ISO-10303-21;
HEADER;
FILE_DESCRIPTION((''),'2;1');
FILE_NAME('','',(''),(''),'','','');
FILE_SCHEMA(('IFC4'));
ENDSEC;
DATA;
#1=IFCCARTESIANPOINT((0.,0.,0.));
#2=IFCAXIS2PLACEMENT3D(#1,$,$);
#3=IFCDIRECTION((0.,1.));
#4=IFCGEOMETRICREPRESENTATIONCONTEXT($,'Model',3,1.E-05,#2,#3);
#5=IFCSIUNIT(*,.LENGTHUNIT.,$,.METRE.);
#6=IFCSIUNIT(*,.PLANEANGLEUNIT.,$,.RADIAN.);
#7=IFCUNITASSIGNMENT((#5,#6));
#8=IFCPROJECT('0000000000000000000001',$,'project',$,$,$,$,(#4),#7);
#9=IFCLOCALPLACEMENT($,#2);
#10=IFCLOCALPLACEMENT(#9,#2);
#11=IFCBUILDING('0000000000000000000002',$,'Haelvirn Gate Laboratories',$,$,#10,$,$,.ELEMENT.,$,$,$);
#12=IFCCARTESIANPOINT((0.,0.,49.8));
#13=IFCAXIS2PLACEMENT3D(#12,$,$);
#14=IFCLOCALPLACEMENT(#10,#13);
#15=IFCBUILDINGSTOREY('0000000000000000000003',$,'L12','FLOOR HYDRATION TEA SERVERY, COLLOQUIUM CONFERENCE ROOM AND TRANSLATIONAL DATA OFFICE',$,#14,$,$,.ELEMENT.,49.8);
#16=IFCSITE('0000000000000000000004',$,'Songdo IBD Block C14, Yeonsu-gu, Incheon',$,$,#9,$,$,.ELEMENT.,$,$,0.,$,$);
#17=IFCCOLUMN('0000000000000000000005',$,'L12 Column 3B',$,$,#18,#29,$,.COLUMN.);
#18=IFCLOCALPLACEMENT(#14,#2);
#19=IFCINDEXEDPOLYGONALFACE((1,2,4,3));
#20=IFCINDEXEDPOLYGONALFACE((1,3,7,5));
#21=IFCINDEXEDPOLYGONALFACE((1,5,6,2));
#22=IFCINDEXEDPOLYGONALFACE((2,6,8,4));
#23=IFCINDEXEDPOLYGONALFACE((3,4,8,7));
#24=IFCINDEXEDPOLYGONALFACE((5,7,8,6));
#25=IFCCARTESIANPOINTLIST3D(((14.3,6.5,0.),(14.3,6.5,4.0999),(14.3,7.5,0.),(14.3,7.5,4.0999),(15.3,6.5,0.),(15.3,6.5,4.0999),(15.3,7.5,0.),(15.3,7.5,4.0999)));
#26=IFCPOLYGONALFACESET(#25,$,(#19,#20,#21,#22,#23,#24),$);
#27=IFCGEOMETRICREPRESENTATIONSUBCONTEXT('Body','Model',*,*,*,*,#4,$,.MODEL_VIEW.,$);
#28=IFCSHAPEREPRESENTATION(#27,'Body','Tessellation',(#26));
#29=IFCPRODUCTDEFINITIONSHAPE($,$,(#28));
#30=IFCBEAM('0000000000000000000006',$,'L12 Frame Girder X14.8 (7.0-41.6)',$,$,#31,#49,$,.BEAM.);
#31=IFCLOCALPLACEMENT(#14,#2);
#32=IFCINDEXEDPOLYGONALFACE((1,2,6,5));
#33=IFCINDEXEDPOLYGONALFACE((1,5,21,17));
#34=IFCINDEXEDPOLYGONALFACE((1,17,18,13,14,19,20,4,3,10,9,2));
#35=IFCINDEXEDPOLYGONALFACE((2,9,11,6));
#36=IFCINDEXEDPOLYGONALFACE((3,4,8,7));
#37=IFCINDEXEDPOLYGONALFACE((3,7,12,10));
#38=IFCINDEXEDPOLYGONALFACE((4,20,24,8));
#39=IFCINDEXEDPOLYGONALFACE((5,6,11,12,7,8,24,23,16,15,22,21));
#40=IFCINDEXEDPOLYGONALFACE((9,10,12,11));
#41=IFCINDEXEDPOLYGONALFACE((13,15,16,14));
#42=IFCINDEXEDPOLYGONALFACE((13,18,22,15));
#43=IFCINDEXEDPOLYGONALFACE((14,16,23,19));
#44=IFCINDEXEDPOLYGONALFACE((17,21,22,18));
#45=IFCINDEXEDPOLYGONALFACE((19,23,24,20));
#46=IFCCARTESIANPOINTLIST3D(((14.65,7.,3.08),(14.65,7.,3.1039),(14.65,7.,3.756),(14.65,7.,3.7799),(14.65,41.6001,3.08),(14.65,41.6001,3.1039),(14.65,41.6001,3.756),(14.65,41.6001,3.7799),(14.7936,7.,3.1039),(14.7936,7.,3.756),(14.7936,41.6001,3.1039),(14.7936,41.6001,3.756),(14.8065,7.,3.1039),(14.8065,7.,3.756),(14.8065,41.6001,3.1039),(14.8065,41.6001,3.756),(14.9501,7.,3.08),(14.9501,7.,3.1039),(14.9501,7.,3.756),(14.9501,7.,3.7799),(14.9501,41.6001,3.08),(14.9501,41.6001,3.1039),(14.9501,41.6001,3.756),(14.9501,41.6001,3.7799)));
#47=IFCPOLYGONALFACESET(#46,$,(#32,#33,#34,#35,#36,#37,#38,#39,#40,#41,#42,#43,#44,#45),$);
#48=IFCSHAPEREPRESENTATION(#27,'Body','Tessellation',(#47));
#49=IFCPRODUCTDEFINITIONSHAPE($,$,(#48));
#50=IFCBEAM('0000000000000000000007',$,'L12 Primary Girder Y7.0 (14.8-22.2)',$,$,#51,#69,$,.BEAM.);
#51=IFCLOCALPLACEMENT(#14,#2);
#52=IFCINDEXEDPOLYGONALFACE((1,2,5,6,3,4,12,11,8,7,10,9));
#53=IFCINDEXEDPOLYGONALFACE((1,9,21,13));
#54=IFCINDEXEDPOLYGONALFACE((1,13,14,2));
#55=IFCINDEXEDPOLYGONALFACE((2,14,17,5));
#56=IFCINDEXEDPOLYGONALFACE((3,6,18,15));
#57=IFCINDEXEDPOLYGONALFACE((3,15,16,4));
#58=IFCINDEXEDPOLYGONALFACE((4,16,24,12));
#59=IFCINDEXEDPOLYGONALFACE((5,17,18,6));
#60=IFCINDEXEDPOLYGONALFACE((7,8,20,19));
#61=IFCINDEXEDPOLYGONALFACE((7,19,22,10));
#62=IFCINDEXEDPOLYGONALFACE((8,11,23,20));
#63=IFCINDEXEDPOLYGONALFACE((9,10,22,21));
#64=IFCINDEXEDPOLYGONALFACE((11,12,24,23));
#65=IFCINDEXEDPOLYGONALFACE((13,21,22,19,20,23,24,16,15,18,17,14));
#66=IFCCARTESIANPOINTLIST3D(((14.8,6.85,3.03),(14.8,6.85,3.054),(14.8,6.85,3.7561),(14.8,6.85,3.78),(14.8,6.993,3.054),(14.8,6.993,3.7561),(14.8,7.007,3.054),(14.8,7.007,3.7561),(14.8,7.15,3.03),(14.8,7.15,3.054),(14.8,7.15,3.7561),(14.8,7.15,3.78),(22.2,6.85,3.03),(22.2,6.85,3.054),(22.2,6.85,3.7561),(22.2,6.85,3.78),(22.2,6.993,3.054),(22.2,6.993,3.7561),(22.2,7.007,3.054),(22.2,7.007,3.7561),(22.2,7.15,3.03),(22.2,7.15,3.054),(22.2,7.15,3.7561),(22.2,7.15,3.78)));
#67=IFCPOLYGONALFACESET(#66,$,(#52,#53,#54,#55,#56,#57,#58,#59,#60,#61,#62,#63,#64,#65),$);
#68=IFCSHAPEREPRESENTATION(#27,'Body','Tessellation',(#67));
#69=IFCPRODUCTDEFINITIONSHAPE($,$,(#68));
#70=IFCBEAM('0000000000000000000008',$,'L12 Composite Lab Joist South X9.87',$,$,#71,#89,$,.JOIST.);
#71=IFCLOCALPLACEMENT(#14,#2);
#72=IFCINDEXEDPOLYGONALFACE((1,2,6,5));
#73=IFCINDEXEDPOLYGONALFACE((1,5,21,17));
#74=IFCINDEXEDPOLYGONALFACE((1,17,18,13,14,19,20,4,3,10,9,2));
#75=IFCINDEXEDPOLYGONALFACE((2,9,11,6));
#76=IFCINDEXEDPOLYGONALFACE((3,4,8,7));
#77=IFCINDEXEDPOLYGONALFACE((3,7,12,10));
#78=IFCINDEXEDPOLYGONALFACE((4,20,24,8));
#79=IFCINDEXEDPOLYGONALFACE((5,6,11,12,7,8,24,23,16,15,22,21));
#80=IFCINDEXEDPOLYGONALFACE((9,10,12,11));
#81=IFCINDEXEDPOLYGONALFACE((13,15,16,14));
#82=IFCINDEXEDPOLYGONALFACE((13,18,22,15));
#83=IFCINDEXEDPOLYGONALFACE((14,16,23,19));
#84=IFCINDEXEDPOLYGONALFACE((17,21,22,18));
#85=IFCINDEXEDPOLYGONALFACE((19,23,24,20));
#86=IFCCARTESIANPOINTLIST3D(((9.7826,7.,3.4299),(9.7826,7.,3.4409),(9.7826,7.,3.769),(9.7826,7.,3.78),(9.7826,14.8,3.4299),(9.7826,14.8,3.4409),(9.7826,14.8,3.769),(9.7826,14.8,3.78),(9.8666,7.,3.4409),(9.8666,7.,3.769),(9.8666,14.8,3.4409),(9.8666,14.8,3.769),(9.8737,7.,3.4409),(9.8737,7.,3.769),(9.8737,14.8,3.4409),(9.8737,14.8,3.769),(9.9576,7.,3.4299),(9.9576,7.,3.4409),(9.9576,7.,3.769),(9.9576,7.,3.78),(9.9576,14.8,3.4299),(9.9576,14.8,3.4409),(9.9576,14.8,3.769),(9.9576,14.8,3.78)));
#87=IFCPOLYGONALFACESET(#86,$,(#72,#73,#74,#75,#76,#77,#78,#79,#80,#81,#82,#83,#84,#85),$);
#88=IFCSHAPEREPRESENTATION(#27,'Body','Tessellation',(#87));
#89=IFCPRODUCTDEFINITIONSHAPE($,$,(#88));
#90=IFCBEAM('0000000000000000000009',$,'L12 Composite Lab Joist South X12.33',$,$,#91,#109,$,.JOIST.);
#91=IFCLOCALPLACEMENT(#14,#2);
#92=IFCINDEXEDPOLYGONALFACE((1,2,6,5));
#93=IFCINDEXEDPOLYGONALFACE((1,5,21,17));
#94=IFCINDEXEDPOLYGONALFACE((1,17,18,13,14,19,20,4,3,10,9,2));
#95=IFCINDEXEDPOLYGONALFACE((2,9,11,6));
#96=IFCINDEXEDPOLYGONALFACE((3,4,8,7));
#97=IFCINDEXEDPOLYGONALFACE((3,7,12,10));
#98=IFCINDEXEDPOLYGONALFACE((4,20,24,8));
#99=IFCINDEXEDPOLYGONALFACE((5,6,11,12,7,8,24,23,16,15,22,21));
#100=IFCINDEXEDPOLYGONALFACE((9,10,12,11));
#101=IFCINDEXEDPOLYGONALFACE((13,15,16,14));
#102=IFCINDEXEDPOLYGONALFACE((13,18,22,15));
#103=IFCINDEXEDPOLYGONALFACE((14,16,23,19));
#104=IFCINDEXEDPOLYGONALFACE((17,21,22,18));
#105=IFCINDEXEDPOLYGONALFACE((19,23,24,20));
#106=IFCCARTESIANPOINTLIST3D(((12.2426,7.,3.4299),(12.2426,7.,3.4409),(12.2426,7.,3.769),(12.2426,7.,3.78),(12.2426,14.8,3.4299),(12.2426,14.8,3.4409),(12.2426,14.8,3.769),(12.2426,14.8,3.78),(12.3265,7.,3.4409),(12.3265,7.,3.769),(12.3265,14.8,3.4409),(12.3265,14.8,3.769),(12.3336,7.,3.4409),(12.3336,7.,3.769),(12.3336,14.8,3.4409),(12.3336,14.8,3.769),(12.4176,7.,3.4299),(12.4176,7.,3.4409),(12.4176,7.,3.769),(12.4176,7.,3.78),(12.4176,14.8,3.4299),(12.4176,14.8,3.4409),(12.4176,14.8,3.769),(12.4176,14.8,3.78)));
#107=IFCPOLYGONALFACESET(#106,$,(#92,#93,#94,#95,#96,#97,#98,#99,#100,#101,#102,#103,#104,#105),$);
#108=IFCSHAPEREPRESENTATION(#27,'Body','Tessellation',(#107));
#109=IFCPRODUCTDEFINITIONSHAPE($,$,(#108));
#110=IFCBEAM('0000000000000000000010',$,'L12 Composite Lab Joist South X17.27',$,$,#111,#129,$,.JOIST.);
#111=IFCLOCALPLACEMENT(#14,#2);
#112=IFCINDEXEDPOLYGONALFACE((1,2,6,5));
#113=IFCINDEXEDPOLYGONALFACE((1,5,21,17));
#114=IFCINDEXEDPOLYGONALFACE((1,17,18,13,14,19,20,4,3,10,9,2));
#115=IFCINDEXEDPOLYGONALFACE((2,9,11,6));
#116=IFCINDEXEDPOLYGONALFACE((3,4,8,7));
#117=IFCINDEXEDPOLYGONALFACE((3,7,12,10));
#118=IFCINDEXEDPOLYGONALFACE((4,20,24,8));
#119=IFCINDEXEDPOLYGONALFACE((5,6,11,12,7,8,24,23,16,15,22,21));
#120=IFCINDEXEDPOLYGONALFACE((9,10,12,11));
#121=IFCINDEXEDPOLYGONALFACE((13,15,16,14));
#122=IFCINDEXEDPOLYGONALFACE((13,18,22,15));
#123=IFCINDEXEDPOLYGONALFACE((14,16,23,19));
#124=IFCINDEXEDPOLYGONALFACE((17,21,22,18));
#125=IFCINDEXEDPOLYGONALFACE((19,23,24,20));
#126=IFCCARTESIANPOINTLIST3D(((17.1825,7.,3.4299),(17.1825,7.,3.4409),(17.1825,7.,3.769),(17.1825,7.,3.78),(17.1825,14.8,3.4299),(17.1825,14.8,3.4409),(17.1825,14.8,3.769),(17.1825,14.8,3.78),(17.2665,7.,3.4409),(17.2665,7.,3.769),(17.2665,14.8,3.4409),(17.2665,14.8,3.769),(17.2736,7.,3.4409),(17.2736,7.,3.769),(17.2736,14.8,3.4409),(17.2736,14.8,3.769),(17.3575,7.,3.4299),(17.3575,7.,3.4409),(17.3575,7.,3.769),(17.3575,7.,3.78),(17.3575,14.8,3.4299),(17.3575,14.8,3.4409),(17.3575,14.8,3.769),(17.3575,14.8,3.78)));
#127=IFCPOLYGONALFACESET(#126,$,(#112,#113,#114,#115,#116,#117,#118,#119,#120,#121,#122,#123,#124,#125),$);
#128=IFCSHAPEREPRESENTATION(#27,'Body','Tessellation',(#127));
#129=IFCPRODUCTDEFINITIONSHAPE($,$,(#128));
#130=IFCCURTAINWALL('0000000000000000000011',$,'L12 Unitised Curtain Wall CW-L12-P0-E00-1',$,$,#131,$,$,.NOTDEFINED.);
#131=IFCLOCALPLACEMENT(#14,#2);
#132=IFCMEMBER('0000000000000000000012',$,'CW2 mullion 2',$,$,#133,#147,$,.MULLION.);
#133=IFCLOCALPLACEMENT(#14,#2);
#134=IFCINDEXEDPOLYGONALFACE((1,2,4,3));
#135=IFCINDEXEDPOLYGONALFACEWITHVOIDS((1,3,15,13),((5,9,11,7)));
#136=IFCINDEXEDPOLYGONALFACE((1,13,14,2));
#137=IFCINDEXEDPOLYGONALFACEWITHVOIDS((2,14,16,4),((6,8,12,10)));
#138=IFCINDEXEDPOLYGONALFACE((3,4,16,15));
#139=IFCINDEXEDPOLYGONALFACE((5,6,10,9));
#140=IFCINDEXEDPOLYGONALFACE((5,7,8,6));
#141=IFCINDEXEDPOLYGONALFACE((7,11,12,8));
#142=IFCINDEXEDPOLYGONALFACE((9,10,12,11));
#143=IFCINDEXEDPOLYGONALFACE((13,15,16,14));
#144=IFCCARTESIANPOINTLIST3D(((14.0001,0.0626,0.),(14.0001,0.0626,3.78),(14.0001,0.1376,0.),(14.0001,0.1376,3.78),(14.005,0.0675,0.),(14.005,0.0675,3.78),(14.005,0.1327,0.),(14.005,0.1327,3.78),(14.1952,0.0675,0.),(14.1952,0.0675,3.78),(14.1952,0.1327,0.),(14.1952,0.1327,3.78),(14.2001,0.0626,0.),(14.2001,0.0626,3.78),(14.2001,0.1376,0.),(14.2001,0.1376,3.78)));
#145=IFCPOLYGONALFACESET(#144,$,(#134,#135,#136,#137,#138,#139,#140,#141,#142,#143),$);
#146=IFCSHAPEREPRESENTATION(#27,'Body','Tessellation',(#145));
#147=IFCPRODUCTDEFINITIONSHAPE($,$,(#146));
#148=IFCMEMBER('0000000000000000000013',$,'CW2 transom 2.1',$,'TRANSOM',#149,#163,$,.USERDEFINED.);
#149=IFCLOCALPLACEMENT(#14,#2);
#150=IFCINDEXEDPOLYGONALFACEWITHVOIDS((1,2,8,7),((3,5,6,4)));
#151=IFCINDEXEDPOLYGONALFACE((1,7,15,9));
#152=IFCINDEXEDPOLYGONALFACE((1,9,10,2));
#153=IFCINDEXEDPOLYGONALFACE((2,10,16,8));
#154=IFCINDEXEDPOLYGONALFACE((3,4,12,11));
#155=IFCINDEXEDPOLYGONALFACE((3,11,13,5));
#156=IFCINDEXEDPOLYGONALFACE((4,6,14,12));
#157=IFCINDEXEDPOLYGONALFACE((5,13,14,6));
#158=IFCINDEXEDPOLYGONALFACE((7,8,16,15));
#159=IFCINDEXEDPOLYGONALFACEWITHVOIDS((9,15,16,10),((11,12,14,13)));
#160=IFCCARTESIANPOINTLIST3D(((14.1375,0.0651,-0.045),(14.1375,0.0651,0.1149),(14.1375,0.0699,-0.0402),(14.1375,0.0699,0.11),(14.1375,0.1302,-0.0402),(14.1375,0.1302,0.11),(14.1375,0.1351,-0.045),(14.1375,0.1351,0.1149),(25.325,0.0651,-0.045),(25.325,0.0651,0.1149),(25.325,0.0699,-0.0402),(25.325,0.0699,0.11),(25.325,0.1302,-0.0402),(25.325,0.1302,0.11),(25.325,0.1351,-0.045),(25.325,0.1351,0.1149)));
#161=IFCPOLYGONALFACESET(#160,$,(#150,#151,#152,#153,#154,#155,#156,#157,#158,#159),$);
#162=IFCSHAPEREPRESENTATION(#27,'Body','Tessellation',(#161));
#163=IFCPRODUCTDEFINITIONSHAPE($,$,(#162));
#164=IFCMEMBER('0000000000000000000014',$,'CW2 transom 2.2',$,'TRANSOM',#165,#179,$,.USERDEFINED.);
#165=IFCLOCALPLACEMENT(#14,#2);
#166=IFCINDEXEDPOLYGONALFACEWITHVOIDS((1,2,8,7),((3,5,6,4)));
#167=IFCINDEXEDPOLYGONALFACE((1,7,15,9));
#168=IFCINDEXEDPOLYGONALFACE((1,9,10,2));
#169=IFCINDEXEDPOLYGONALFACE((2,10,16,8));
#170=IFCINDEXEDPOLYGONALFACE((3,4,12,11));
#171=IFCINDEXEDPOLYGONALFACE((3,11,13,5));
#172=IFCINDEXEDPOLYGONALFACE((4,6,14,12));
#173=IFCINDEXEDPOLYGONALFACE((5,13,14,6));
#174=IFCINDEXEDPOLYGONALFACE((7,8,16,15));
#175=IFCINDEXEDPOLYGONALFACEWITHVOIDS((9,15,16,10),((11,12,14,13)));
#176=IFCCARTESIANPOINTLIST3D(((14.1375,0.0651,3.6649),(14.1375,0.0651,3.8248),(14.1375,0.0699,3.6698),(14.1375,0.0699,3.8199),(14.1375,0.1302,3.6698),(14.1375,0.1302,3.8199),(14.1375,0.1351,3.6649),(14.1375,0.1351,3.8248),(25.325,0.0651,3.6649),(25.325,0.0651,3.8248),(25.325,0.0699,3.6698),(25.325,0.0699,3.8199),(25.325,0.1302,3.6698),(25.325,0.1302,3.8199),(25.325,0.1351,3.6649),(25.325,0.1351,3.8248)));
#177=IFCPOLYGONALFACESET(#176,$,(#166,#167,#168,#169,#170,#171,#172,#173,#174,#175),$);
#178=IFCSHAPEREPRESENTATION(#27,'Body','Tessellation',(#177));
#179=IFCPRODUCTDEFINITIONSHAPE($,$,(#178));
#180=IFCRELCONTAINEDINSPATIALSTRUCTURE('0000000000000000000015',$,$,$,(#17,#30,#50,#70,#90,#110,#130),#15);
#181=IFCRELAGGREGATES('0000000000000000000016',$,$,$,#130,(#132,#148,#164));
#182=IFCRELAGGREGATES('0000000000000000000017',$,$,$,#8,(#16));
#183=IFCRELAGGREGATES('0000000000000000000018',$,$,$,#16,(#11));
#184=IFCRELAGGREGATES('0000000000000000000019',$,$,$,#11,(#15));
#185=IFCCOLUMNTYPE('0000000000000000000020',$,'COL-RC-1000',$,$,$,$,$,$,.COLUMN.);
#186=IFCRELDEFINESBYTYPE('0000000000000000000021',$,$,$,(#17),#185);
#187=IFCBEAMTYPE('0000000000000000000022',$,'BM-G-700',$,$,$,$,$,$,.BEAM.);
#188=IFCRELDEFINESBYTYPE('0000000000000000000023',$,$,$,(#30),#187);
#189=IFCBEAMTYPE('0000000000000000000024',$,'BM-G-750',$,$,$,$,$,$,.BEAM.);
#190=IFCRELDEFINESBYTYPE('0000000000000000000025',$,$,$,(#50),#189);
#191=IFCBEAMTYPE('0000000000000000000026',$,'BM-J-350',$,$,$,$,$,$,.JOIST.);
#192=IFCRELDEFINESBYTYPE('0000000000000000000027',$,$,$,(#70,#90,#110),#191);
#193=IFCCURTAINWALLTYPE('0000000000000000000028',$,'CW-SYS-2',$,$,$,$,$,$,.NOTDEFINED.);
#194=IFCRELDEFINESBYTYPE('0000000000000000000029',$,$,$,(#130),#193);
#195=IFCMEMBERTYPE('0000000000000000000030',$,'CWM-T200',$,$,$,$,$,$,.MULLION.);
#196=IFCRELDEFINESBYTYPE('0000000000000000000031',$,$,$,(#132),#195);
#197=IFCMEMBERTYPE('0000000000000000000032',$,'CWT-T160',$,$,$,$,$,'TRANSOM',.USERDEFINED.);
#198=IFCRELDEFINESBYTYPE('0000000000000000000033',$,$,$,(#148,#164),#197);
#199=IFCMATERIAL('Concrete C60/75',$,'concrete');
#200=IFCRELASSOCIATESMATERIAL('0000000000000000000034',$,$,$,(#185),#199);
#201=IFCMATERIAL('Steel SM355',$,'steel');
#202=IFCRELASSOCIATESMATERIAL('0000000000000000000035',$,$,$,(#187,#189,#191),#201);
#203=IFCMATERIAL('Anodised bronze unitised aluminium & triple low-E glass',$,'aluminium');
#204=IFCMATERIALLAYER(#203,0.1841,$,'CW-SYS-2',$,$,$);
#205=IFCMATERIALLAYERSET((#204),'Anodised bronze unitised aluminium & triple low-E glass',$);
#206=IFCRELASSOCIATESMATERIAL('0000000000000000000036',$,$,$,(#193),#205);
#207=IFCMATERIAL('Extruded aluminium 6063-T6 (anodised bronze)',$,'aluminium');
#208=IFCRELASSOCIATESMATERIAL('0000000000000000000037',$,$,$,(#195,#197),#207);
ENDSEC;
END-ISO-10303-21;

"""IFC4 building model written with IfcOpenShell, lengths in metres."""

from ifc_helpers import new_model, si_unit, direction, frame, origin, origin_2d, place, context, subcontext, project, spatial, rectangle, hollow_rectangle, i_section, extrude, source, transform, mapped, material, layer, layer_set, material_profile, profile_set, type_object, type_shapes, element, aggregate, save


model = new_model("IFC4")

# Units and contexts
model_context = context("Model", 3, precision=1e-05, world=origin(), true_north=direction((0.0, 1.0)))
body_context = subcontext(model_context, "Body", "Model", "MODEL_VIEW")
ifc_project = project(units=[si_unit("LENGTHUNIT", "METRE"), si_unit("PLANEANGLEUNIT", "RADIAN")], contexts=[model_context])

# Site, building, storey
site_placement = place(None, origin())
site = spatial("IfcSite", under=ifc_project, at=site_placement, Name="Songdo IBD Block C14, Yeonsu-gu, Incheon", CompositionType="ELEMENT", RefElevation=0.0)
building_placement = place(site_placement, origin())
building = spatial("IfcBuilding", under=site, at=building_placement, Name="Haelvirn Gate Laboratories", CompositionType="ELEMENT")
storey_placement = place(building_placement, frame((0.0, 0.0, 49.8)))
storey = spatial("IfcBuildingStorey", under=building, at=storey_placement, Name="L12", Description="FLOOR HYDRATION TEA SERVERY, COLLOQUIUM CONFERENCE ROOM AND TRANSLATIONAL DATA OFFICE", CompositionType="ELEMENT", Elevation=49.8)

# Column
ifc_material_1 = material(Name="Concrete C60/75", Category="concrete")
ifc_material_profile_1 = material_profile(ifc_material_1, rectangle(XDim=1.0, YDim=1.0, at=origin_2d()), Name="RC-1000x1000")
ifc_profile_set_1 = profile_set([ifc_material_profile_1], Name="Concrete C60/75")
column_type = type_object("IfcColumnType", Name="COL-RC-1000", PredefinedType="COLUMN", material=ifc_profile_set_1)
shared_shape_1 = source(origin(), body_context, "Body", "SweptSolid", [
    extrude(rectangle(XDim=1.0, YDim=1.0, at=origin_2d()), origin(), (0.0, 0.0, 1.0), 4.0999),
])
type_shapes(column_type, [shared_shape_1])
column_placement = place(storey_placement, frame((14.8, 7.0, 0.0), z_axis=(0.0, 0.0, 1.0), x_axis=(1.0, 0.0, 0.0)))
element("IfcColumn", 1, at=column_placement, inside=storey, type_object=column_type, Name="L12 Column 3B", PredefinedType="COLUMN", context=body_context, shape_type="MappedRepresentation", body=[
    mapped(shared_shape_1, transform((0.0, 0.0, 0.0), scale=1.0)),
])

# Beams
ifc_material_2 = material(Name="Steel SM355", Category="steel")
ifc_material_profile_2 = material_profile(ifc_material_2, i_section(OverallWidth=0.3, OverallDepth=0.7, WebThickness=0.0129, FlangeThickness=0.0239, at=origin_2d()), Name="H-700x300x13x24")
ifc_profile_set_2 = profile_set([ifc_material_profile_2], Name="Steel SM355")
beam_type_1 = type_object("IfcBeamType", Name="BM-G-700", PredefinedType="BEAM", material=ifc_profile_set_2)
shared_shape_2 = source(origin(), body_context, "Body", "SweptSolid", [
    extrude(i_section(OverallWidth=0.3, OverallDepth=0.7, WebThickness=0.0129, FlangeThickness=0.0239, at=origin_2d()), origin(), (0.0, 0.0, 1.0), 34.6001),
])
type_shapes(beam_type_1, [shared_shape_2])
beam_1_placement = place(storey_placement, frame((14.8, 7.0, 3.4299), z_axis=(0.0, 1.0, 0.0), x_axis=(-1.0, 0.0, 0.0)))
element("IfcBeam", 2, at=beam_1_placement, inside=storey, type_object=beam_type_1, Name="L12 Frame Girder X14.8 (7.0-41.6)", PredefinedType="BEAM", context=body_context, shape_type="MappedRepresentation", body=[
    mapped(shared_shape_2, transform((0.0, 0.0, 0.0), scale=1.0)),
])
ifc_material_profile_3 = material_profile(ifc_material_2, i_section(OverallWidth=0.3, OverallDepth=0.75, WebThickness=0.0139, FlangeThickness=0.0239, at=origin_2d()), Name="H-750x300x14x24")
ifc_profile_set_3 = profile_set([ifc_material_profile_3], Name="Steel SM355")
beam_type_2 = type_object("IfcBeamType", Name="BM-G-750", PredefinedType="BEAM", material=ifc_profile_set_3)
shared_shape_3 = source(origin(), body_context, "Body", "SweptSolid", [
    extrude(i_section(OverallWidth=0.3, OverallDepth=0.75, WebThickness=0.0139, FlangeThickness=0.0239, at=origin_2d()), origin(), (0.0, 0.0, 1.0), 7.3999),
])
type_shapes(beam_type_2, [shared_shape_3])
beam_2_placement = place(storey_placement, frame((14.8, 7.0, 3.405), z_axis=(1.0, 0.0, 0.0), x_axis=(0.0, 1.0, 0.0)))
element("IfcBeam", 3, at=beam_2_placement, inside=storey, type_object=beam_type_2, Name="L12 Primary Girder Y7.0 (14.8-22.2)", PredefinedType="BEAM", context=body_context, shape_type="MappedRepresentation", body=[
    mapped(shared_shape_3, transform((0.0, 0.0, 0.0), scale=1.0)),
])
ifc_material_profile_4 = material_profile(ifc_material_2, i_section(OverallWidth=0.175, OverallDepth=0.3501, WebThickness=0.0071, FlangeThickness=0.011, at=origin_2d()), Name="H-350x175x7x11")
ifc_profile_set_4 = profile_set([ifc_material_profile_4], Name="Steel SM355")
beam_type_3 = type_object("IfcBeamType", Name="BM-J-350", PredefinedType="JOIST", material=ifc_profile_set_4)
shared_shape_4 = source(origin(), body_context, "Body", "SweptSolid", [
    extrude(i_section(OverallWidth=0.175, OverallDepth=0.3501, WebThickness=0.0071, FlangeThickness=0.011, at=origin_2d()), origin(), (0.0, 0.0, 1.0), 7.8),
])
type_shapes(beam_type_3, [shared_shape_4])
for number, where, z_axis, x_axis, name in (
    (4, (9.8701, 7.0, 3.605), (0.0, 1.0, 0.0), (-1.0, 0.0, 0.0), "L12 Composite Lab Joist South X9.87"),
    (5, (12.3301, 7.0, 3.605), (0.0, 1.0, 0.0), (-1.0, 0.0, 0.0), "L12 Composite Lab Joist South X12.33"),
    (6, (17.27, 7.0, 3.605), (0.0, 1.0, 0.0), (-1.0, 0.0, 0.0), "L12 Composite Lab Joist South X17.27"),
):
    element("IfcBeam", number, at=place(storey_placement, frame(where, z_axis=z_axis, x_axis=x_axis)), inside=storey, type_object=beam_type_3, Name=name, PredefinedType="JOIST", context=body_context, shape_type="MappedRepresentation", body=[
        mapped(shared_shape_4, transform((0.0, 0.0, 0.0), scale=1.0)),
    ])

# Curtain wall, members
ifc_material_3 = material(Name="Anodised bronze unitised aluminium & triple low-E glass", Category="aluminium")
ifc_layer_1 = layer(ifc_material_3, 0.1841, Name="CW-SYS-2")
ifc_layer_set_1 = layer_set([ifc_layer_1], Name="Anodised bronze unitised aluminium & triple low-E glass")
curtain_wall_type = type_object("IfcCurtainWallType", Name="CW-SYS-2", PredefinedType="NOTDEFINED", material=ifc_layer_set_1)
curtain_wall_placement = place(storey_placement, origin())
curtain_wall = element("IfcCurtainWall", 7, at=curtain_wall_placement, inside=storey, type_object=curtain_wall_type, Name="L12 Unitised Curtain Wall CW-L12-P0-E00-1", PredefinedType="NOTDEFINED")
ifc_material_4 = material(Name="Extruded aluminium 6063-T6 (anodised bronze)", Category="aluminium")
ifc_material_profile_5 = material_profile(ifc_material_4, hollow_rectangle(XDim=0.075, YDim=0.2, WallThickness=0.0049, at=origin_2d()), Name="CWM-200x75x5")
ifc_profile_set_5 = profile_set([ifc_material_profile_5], Name="Extruded aluminium 6063-T6 (anodised bronze)")
member_type_1 = type_object("IfcMemberType", Name="CWM-T200", PredefinedType="MULLION", material=ifc_profile_set_5)
shared_shape_5 = source(origin(), body_context, "Body", "SweptSolid", [
    extrude(hollow_rectangle(XDim=0.075, YDim=0.2, WallThickness=0.0049, at=origin_2d()), origin(), (0.0, 0.0, 1.0), 3.78),
])
type_shapes(member_type_1, [shared_shape_5])
member_1_placement = place(storey_placement, frame((14.1001, 0.1001, 0.0), z_axis=(0.0, 0.0, 1.0), x_axis=(0.0, 1.0, 0.0)))
member_1 = element("IfcMember", 8, at=member_1_placement, type_object=member_type_1, Name="CW2 mullion 2", PredefinedType="MULLION", context=body_context, shape_type="MappedRepresentation", body=[
    mapped(shared_shape_5, transform((0.0, 0.0, 0.0), scale=1.0)),
])
ifc_material_profile_6 = material_profile(ifc_material_4, hollow_rectangle(XDim=0.0701, YDim=0.1599, WallThickness=0.0049, at=origin_2d()), Name="CWT-160x70x5")
ifc_profile_set_6 = profile_set([ifc_material_profile_6], Name="Extruded aluminium 6063-T6 (anodised bronze)")
member_type_2 = type_object("IfcMemberType", Name="CWT-T160", ElementType="TRANSOM", PredefinedType="USERDEFINED", material=ifc_profile_set_6)
shared_shape_6 = source(origin(), body_context, "Body", "SweptSolid", [
    extrude(hollow_rectangle(XDim=0.0701, YDim=0.1599, WallThickness=0.0049, at=origin_2d()), origin(), (0.0, 0.0, 1.0), 11.1875),
])
type_shapes(member_type_2, [shared_shape_6])
member_2_placement = place(storey_placement, frame((14.1375, 0.1001, 0.0349), z_axis=(1.0, 0.0, 0.0), x_axis=(0.0, 1.0, 0.0)))
member_2 = element("IfcMember", 9, at=member_2_placement, type_object=member_type_2, Name="CW2 transom 2.1", ObjectType="TRANSOM", PredefinedType="USERDEFINED", context=body_context, shape_type="MappedRepresentation", body=[
    mapped(shared_shape_6, transform((0.0, 0.0, 0.0), scale=1.0)),
])
member_3_placement = place(storey_placement, frame((14.1375, 0.1001, 3.7449), z_axis=(1.0, 0.0, 0.0), x_axis=(0.0, 1.0, 0.0)))
member_3 = element("IfcMember", 10, at=member_3_placement, type_object=member_type_2, Name="CW2 transom 2.2", ObjectType="TRANSOM", PredefinedType="USERDEFINED", context=body_context, shape_type="MappedRepresentation", body=[
    mapped(shared_shape_6, transform((0.0, 0.0, 0.0), scale=1.0)),
])
aggregate(curtain_wall, [member_1, member_2, member_3])

save(model, "model.ifc")
